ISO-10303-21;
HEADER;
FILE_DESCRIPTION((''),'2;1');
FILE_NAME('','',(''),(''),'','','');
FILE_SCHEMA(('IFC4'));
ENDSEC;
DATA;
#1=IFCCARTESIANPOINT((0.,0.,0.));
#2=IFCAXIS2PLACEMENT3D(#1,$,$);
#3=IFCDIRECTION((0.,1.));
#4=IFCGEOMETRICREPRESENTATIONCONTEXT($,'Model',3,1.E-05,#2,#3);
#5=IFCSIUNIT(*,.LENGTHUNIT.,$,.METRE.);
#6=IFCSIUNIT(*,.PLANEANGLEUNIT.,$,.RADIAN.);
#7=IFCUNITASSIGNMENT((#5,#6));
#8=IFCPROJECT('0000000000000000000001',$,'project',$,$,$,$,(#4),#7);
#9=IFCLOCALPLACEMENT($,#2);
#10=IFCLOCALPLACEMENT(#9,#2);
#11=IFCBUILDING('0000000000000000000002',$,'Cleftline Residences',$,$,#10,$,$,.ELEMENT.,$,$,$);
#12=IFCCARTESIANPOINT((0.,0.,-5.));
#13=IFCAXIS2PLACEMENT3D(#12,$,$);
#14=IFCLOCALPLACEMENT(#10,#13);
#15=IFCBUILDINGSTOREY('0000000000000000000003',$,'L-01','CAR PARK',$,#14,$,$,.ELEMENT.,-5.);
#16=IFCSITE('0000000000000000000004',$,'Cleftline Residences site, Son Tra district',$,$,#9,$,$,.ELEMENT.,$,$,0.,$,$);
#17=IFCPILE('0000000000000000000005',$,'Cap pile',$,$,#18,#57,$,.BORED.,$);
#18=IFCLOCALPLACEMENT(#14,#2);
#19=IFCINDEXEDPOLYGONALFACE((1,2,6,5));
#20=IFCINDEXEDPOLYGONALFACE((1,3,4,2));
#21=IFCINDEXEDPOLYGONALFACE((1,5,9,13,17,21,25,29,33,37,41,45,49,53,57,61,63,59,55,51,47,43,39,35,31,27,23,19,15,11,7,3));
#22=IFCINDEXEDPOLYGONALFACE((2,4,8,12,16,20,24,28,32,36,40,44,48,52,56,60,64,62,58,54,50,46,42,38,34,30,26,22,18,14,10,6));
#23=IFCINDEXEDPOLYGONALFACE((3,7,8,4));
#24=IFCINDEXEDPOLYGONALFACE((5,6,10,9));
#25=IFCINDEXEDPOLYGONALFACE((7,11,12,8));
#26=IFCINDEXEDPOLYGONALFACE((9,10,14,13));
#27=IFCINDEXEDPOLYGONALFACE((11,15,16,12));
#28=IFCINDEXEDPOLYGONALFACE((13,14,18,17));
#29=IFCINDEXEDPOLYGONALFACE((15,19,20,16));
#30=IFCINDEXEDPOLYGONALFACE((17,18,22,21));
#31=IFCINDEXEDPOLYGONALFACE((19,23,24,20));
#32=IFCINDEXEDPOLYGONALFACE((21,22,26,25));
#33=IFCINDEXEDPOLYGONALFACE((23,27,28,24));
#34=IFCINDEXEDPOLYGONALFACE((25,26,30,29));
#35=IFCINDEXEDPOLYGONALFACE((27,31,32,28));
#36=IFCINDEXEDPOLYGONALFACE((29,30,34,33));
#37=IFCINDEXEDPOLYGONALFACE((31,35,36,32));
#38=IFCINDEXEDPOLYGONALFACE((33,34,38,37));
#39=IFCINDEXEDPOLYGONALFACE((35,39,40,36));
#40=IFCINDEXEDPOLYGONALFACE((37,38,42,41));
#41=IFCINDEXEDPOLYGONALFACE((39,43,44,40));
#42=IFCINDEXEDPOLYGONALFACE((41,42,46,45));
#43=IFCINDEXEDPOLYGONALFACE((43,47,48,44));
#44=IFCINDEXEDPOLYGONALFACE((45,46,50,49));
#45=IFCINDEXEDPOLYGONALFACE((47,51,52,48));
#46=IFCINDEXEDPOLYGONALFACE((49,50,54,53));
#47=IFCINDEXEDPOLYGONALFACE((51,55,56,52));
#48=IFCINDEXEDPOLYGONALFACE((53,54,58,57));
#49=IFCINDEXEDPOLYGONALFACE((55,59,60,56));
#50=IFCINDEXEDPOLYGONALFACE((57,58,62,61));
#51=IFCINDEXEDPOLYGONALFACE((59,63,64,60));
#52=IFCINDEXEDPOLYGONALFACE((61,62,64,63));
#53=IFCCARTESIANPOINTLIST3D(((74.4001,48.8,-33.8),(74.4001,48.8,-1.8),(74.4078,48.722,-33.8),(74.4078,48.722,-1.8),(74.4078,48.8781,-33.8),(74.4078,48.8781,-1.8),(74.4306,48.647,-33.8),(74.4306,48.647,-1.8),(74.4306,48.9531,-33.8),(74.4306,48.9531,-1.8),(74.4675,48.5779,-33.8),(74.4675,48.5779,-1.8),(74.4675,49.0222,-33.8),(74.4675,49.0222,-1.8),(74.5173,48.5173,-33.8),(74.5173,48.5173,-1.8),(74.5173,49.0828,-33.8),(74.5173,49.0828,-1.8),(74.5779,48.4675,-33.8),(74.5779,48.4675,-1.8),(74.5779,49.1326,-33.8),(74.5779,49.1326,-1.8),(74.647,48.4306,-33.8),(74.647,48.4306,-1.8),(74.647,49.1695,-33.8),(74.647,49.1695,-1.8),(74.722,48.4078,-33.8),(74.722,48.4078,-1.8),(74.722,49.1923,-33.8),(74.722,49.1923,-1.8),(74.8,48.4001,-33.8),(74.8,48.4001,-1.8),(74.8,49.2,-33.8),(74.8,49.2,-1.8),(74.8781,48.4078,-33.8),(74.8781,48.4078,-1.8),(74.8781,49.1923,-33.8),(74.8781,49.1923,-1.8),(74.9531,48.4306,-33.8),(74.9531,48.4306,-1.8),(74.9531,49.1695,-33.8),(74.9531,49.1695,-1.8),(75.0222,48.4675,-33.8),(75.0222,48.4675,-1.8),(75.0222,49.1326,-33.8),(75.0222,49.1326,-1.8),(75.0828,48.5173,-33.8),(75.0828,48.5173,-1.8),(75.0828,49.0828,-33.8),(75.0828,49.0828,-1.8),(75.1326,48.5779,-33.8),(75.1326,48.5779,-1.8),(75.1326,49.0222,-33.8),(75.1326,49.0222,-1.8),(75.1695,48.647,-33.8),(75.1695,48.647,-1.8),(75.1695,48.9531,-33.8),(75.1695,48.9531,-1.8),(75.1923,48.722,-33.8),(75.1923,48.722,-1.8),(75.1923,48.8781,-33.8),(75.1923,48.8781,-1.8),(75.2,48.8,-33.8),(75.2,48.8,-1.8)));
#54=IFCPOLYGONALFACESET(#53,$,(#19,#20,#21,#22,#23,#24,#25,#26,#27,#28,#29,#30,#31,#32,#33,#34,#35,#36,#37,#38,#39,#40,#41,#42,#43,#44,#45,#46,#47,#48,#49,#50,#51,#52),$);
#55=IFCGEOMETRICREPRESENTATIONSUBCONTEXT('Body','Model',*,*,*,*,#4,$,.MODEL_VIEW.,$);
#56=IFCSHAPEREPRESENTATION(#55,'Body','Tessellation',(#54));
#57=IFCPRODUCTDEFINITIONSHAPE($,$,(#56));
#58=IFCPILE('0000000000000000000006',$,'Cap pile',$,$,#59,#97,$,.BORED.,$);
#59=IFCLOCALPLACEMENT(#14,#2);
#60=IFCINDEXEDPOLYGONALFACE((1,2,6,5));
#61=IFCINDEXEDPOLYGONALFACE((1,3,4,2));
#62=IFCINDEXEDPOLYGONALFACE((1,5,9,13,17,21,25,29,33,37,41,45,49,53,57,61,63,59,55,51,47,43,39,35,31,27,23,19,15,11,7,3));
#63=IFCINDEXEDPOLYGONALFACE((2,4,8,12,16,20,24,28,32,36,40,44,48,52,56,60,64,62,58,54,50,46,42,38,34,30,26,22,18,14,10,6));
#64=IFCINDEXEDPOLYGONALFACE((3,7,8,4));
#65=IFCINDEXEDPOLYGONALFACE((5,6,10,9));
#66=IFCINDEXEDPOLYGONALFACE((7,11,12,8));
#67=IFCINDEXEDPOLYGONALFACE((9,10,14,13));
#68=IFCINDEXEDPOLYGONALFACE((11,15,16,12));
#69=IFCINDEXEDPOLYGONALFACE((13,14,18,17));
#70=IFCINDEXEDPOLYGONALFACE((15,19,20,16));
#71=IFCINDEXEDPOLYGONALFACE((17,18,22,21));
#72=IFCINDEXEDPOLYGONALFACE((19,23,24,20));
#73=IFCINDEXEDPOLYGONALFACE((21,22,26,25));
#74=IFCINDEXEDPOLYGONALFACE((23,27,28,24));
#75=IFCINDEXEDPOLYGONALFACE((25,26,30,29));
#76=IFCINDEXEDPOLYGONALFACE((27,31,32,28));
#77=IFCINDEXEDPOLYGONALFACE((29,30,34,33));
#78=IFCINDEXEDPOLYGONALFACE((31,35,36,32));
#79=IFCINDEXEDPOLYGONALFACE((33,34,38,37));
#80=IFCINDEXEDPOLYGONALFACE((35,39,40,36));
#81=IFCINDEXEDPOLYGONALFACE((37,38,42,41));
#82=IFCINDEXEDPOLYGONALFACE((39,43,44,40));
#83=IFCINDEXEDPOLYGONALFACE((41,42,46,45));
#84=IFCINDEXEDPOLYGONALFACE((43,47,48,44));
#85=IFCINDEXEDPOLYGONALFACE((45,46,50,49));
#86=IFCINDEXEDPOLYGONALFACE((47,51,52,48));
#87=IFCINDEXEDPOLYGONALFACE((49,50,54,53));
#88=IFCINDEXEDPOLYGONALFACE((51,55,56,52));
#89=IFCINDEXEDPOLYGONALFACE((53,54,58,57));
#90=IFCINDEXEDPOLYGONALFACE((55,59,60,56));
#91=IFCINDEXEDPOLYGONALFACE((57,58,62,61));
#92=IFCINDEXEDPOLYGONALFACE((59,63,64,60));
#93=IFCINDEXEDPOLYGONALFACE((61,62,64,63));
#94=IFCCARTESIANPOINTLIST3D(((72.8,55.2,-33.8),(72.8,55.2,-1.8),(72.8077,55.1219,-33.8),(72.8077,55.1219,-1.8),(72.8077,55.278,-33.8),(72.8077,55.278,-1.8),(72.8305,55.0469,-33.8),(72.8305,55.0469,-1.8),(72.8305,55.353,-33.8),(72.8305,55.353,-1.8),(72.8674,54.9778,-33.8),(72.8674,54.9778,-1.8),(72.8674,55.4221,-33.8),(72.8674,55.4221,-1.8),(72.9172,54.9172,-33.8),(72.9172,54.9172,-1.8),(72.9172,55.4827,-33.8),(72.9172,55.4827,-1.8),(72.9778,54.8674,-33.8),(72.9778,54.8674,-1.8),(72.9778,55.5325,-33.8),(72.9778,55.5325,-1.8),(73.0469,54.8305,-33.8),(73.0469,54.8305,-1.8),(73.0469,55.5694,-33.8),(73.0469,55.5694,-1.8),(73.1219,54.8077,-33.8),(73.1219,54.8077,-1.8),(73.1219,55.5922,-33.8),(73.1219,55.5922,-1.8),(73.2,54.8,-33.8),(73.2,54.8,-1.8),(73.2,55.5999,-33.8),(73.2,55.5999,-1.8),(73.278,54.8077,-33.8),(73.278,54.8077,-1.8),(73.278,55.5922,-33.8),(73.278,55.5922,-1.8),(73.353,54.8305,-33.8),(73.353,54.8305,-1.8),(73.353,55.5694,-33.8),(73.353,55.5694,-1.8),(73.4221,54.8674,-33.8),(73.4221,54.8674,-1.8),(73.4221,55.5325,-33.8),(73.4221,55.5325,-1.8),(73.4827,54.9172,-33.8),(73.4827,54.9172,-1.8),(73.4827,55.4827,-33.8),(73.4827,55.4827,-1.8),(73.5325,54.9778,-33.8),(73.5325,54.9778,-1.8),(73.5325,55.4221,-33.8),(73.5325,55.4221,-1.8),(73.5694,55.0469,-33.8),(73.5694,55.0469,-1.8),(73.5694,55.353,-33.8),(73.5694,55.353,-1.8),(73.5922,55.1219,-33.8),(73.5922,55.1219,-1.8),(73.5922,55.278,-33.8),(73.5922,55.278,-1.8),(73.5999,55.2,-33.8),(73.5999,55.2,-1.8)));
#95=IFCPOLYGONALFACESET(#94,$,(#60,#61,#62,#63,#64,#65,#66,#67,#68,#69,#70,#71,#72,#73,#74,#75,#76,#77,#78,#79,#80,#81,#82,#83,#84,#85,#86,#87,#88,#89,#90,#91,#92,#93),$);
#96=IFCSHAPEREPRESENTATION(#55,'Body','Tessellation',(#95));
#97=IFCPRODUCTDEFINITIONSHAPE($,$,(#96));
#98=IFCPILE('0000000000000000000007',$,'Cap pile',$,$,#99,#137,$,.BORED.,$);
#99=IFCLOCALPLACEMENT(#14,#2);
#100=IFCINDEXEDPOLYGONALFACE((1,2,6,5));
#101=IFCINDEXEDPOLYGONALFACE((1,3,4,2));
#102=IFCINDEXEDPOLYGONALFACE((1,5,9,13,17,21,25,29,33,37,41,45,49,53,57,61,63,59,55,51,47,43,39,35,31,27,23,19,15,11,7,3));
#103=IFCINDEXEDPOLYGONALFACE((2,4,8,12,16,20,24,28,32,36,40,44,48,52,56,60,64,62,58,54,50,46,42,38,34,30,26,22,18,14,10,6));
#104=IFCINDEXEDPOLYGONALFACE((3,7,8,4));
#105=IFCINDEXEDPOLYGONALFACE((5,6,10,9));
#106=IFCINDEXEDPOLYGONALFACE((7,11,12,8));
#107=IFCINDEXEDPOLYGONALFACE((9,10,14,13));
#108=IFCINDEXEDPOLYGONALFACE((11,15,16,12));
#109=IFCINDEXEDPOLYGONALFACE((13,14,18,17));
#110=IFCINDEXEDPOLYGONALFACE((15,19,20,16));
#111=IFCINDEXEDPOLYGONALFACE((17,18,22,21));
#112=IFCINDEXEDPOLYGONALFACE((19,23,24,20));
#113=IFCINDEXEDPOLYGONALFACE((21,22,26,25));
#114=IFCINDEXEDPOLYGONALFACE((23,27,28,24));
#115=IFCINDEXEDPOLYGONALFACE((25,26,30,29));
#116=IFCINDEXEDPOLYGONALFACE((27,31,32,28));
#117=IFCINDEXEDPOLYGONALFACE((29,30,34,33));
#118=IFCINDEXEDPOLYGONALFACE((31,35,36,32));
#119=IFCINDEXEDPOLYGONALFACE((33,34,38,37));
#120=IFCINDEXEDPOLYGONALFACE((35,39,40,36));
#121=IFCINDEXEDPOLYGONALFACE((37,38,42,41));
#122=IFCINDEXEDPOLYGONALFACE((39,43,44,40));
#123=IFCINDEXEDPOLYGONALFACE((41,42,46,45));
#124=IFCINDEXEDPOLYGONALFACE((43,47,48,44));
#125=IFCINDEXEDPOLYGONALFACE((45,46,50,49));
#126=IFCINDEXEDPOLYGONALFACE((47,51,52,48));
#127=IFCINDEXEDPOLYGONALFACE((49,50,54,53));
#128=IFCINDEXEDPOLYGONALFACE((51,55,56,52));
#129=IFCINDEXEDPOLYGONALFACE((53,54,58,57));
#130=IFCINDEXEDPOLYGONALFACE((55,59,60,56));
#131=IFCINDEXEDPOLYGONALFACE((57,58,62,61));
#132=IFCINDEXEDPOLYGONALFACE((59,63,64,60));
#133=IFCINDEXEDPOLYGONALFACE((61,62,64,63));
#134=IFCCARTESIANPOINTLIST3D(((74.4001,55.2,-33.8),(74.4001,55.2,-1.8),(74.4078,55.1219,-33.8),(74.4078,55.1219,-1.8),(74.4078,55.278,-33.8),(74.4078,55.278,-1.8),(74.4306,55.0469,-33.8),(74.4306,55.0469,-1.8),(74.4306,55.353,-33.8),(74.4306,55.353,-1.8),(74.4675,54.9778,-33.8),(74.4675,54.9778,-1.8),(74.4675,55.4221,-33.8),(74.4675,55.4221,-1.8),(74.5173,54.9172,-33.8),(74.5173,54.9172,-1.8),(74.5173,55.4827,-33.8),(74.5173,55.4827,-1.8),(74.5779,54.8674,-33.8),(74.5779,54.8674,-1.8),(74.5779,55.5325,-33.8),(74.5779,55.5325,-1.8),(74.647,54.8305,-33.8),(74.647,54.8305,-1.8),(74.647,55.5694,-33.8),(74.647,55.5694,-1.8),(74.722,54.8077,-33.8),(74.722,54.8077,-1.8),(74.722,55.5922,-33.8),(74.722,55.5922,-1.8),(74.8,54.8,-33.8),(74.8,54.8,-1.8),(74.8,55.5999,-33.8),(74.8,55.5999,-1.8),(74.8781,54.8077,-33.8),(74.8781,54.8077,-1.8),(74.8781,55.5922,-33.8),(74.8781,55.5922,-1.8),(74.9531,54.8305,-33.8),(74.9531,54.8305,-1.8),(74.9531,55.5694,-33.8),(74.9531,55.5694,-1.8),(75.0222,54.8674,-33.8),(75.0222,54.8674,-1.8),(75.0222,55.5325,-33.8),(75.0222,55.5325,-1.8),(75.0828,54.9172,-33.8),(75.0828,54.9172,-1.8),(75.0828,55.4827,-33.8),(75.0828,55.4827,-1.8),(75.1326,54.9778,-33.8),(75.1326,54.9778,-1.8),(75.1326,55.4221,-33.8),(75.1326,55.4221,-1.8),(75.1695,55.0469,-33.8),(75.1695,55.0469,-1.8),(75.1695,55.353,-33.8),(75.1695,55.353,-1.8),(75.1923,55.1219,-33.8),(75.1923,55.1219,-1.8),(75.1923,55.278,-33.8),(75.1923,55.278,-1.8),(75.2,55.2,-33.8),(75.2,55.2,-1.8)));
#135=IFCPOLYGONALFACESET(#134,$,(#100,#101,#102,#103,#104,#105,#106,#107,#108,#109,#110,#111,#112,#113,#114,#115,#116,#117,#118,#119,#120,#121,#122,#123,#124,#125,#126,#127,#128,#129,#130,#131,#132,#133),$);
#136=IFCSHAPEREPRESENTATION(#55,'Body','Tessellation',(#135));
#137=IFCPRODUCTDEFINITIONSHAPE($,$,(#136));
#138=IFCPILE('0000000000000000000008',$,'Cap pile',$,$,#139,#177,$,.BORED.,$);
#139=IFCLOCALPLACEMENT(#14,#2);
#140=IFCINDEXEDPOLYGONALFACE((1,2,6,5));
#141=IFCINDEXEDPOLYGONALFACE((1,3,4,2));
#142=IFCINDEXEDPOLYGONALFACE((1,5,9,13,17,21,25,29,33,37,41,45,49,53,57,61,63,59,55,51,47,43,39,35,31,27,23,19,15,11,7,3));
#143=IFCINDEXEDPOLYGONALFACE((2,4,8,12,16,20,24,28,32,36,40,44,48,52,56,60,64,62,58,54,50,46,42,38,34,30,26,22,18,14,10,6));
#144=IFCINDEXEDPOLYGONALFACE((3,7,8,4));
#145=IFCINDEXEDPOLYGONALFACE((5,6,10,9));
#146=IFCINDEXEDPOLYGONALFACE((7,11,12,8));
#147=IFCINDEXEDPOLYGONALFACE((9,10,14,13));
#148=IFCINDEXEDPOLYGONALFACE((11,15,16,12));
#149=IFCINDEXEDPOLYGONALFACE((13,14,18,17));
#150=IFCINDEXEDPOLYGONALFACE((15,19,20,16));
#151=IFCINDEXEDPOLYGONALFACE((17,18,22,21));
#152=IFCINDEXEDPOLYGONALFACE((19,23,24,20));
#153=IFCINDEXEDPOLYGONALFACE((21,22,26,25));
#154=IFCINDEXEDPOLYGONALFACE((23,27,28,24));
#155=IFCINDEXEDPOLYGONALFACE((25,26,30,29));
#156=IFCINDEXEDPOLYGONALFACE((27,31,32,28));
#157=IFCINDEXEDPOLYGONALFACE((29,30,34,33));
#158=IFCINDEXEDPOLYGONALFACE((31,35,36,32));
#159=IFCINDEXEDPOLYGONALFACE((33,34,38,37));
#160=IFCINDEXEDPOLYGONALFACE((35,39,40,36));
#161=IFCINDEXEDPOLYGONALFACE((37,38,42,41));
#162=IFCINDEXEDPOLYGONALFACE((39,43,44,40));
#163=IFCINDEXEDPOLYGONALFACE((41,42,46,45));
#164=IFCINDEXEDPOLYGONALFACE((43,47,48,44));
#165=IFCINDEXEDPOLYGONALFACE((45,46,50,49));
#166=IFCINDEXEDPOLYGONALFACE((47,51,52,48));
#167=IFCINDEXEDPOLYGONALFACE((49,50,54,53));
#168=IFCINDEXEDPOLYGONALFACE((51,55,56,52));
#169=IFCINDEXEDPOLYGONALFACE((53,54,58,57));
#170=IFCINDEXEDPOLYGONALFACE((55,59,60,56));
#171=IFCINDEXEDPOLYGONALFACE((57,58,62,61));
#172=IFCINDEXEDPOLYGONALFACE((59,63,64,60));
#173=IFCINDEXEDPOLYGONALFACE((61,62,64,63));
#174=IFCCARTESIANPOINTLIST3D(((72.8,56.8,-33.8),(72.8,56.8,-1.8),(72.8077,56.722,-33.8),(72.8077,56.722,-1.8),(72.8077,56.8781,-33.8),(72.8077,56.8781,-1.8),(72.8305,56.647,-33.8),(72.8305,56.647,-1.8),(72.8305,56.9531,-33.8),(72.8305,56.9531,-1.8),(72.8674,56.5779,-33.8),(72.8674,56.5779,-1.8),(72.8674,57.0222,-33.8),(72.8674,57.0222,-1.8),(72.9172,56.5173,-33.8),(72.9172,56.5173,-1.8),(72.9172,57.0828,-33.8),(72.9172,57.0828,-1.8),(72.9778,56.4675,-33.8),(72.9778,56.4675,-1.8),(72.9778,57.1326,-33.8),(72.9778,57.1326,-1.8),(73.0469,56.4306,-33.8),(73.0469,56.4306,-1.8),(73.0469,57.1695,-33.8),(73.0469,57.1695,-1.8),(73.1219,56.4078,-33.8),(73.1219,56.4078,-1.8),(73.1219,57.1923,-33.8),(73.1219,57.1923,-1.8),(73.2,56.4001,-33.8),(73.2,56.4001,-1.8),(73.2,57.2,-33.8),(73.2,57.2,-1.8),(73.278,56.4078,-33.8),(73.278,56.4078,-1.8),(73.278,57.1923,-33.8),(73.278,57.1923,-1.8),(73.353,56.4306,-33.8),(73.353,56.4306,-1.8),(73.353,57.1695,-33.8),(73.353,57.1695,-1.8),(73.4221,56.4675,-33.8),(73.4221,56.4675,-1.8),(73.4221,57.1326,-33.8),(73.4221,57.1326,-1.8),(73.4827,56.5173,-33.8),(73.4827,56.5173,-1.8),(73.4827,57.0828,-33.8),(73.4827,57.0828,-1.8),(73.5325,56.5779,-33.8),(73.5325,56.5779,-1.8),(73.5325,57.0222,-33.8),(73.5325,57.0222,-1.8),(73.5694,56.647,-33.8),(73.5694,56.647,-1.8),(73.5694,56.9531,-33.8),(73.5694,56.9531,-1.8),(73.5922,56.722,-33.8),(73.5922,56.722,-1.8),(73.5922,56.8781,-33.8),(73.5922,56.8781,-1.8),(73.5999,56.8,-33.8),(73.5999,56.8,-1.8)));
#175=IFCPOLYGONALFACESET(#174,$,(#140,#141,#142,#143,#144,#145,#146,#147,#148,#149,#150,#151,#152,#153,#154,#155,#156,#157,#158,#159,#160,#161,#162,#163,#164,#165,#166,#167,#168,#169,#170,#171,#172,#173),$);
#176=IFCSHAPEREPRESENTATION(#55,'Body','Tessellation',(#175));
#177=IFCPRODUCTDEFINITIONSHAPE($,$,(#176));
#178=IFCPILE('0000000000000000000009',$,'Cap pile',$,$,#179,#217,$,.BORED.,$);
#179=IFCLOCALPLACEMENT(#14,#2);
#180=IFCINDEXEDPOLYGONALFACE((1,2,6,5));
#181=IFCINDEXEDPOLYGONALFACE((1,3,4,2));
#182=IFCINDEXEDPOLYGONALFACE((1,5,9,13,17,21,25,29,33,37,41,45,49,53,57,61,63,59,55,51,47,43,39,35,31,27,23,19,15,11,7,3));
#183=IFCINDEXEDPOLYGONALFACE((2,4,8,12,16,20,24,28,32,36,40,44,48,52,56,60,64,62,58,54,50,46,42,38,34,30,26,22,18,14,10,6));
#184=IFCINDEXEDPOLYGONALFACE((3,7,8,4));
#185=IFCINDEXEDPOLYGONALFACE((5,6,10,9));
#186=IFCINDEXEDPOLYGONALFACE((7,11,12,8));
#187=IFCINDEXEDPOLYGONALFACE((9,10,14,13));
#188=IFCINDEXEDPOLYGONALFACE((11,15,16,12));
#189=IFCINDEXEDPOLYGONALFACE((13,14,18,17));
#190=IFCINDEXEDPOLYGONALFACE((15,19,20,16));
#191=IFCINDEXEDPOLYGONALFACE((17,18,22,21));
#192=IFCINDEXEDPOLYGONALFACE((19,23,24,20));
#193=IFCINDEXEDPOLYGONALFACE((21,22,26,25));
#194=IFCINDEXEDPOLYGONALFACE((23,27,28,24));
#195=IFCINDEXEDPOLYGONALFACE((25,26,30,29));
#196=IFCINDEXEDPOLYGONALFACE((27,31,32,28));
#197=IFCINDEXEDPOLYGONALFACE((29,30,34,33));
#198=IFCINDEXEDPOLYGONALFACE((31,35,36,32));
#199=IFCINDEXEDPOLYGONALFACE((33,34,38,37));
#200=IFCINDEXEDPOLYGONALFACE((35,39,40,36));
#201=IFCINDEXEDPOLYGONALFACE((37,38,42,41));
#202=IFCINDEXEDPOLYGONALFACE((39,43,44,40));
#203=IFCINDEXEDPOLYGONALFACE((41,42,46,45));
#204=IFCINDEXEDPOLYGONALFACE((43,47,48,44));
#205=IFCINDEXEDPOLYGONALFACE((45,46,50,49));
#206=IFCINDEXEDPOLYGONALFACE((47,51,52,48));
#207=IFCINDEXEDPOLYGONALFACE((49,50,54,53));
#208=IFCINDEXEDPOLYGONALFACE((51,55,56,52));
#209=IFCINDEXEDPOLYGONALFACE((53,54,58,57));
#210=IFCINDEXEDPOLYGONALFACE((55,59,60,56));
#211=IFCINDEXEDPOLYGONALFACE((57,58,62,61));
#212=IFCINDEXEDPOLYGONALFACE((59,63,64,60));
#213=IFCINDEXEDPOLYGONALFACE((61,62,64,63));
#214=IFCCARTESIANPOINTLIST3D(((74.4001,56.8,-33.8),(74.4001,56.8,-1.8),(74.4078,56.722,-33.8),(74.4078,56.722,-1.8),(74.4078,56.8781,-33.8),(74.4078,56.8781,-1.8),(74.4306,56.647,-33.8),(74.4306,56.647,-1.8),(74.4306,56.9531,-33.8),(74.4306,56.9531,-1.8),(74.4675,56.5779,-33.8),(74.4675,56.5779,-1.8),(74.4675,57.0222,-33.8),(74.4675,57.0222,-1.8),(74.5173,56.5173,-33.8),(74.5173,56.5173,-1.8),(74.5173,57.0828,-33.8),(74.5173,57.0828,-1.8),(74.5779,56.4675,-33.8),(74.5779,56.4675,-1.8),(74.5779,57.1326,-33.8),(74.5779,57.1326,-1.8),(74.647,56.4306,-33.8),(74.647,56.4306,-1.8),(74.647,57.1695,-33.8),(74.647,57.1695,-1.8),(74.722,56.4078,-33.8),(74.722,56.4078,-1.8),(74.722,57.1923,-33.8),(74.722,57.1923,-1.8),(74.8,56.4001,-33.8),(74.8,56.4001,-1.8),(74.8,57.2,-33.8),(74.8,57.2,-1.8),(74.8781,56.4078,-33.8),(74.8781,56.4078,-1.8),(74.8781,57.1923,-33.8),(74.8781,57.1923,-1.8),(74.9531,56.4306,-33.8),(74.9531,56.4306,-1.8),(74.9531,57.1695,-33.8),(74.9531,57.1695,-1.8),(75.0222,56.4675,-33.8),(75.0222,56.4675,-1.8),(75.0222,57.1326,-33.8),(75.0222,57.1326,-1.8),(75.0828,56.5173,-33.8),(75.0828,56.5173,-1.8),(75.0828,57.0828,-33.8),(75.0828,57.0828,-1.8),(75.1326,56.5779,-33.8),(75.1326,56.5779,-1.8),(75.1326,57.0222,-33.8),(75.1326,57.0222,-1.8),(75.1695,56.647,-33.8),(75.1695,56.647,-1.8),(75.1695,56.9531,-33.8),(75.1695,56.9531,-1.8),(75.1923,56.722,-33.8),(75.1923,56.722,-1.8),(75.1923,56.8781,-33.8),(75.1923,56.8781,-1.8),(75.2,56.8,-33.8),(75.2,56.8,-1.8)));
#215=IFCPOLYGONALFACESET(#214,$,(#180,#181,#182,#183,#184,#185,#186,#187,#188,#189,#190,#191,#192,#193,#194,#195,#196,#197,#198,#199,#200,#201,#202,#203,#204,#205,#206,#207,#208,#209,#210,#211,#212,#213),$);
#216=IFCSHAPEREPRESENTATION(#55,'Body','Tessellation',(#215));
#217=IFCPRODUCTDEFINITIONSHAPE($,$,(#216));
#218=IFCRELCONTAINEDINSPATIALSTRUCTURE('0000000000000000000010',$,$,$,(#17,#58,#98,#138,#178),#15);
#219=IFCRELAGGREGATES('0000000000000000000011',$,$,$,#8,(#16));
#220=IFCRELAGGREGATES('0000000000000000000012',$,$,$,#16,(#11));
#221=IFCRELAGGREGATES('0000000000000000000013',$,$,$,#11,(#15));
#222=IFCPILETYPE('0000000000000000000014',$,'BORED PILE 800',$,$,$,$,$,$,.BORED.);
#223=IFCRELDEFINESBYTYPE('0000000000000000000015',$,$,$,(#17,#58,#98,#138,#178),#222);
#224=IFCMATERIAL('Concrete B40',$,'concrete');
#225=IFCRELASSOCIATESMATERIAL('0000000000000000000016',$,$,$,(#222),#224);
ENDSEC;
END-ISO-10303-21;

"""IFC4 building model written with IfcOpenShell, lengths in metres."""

from ifc_helpers import new_model, si_unit, direction, frame, origin, origin_2d, place, context, subcontext, project, spatial, circle, extrude, material, material_profile, profile_set, type_object, element, save


model = new_model("IFC4")

# Units and contexts
model_context = context("Model", 3, precision=1e-05, world=origin(), true_north=direction((0.0, 1.0)))
body_context = subcontext(model_context, "Body", "Model", "MODEL_VIEW")
ifc_project = project(units=[si_unit("LENGTHUNIT", "METRE"), si_unit("PLANEANGLEUNIT", "RADIAN")], contexts=[model_context])

# Site, building, storey
site_placement = place(None, origin())
site = spatial("IfcSite", under=ifc_project, at=site_placement, Name="Cleftline Residences site, Son Tra district", CompositionType="ELEMENT", RefElevation=0.0)
building_placement = place(site_placement, origin())
building = spatial("IfcBuilding", under=site, at=building_placement, Name="Cleftline Residences", CompositionType="ELEMENT")
storey_placement = place(building_placement, frame((0.0, 0.0, -5.0)))
storey = spatial("IfcBuildingStorey", under=building, at=storey_placement, Name="L-01", Description="CAR PARK", CompositionType="ELEMENT", Elevation=-5.0)

# Piles
ifc_material_1 = material(Name="Concrete B40", Category="concrete")
ifc_material_profile_1 = material_profile(ifc_material_1, circle(Radius=0.3999, at=origin_2d()))
ifc_profile_set_1 = profile_set([ifc_material_profile_1], Name="Concrete B40")
pile_type = type_object("IfcPileType", Name="BORED PILE 800", PredefinedType="BORED", material=ifc_profile_set_1)
for number, where, z_axis, x_axis, name in (
    (1, (74.8, 48.8, -1.8), (0.0, 0.0, -1.0), (1.0, 0.0, 0.0), "Cap pile"),
    (2, (73.2, 55.2, -1.8), (0.0, 0.0, -1.0), (1.0, 0.0, 0.0), "Cap pile"),
    (3, (74.8, 55.2, -1.8), (0.0, 0.0, -1.0), (1.0, 0.0, 0.0), "Cap pile"),
    (4, (73.2, 56.8, -1.8), (0.0, 0.0, -1.0), (1.0, 0.0, 0.0), "Cap pile"),
    (5, (74.8, 56.8, -1.8), (0.0, 0.0, -1.0), (1.0, 0.0, 0.0), "Cap pile"),
):
    element("IfcPile", number, at=place(storey_placement, frame(where, z_axis=z_axis, x_axis=x_axis)), inside=storey, type_object=pile_type, Name=name, PredefinedType="BORED", context=body_context, shape_type="SweptSolid", body=[
        extrude(circle(Radius=0.3999, at=origin_2d()), origin(), (0.0, 0.0, 1.0), 32.0),
    ])

save(model, "model.ifc")
